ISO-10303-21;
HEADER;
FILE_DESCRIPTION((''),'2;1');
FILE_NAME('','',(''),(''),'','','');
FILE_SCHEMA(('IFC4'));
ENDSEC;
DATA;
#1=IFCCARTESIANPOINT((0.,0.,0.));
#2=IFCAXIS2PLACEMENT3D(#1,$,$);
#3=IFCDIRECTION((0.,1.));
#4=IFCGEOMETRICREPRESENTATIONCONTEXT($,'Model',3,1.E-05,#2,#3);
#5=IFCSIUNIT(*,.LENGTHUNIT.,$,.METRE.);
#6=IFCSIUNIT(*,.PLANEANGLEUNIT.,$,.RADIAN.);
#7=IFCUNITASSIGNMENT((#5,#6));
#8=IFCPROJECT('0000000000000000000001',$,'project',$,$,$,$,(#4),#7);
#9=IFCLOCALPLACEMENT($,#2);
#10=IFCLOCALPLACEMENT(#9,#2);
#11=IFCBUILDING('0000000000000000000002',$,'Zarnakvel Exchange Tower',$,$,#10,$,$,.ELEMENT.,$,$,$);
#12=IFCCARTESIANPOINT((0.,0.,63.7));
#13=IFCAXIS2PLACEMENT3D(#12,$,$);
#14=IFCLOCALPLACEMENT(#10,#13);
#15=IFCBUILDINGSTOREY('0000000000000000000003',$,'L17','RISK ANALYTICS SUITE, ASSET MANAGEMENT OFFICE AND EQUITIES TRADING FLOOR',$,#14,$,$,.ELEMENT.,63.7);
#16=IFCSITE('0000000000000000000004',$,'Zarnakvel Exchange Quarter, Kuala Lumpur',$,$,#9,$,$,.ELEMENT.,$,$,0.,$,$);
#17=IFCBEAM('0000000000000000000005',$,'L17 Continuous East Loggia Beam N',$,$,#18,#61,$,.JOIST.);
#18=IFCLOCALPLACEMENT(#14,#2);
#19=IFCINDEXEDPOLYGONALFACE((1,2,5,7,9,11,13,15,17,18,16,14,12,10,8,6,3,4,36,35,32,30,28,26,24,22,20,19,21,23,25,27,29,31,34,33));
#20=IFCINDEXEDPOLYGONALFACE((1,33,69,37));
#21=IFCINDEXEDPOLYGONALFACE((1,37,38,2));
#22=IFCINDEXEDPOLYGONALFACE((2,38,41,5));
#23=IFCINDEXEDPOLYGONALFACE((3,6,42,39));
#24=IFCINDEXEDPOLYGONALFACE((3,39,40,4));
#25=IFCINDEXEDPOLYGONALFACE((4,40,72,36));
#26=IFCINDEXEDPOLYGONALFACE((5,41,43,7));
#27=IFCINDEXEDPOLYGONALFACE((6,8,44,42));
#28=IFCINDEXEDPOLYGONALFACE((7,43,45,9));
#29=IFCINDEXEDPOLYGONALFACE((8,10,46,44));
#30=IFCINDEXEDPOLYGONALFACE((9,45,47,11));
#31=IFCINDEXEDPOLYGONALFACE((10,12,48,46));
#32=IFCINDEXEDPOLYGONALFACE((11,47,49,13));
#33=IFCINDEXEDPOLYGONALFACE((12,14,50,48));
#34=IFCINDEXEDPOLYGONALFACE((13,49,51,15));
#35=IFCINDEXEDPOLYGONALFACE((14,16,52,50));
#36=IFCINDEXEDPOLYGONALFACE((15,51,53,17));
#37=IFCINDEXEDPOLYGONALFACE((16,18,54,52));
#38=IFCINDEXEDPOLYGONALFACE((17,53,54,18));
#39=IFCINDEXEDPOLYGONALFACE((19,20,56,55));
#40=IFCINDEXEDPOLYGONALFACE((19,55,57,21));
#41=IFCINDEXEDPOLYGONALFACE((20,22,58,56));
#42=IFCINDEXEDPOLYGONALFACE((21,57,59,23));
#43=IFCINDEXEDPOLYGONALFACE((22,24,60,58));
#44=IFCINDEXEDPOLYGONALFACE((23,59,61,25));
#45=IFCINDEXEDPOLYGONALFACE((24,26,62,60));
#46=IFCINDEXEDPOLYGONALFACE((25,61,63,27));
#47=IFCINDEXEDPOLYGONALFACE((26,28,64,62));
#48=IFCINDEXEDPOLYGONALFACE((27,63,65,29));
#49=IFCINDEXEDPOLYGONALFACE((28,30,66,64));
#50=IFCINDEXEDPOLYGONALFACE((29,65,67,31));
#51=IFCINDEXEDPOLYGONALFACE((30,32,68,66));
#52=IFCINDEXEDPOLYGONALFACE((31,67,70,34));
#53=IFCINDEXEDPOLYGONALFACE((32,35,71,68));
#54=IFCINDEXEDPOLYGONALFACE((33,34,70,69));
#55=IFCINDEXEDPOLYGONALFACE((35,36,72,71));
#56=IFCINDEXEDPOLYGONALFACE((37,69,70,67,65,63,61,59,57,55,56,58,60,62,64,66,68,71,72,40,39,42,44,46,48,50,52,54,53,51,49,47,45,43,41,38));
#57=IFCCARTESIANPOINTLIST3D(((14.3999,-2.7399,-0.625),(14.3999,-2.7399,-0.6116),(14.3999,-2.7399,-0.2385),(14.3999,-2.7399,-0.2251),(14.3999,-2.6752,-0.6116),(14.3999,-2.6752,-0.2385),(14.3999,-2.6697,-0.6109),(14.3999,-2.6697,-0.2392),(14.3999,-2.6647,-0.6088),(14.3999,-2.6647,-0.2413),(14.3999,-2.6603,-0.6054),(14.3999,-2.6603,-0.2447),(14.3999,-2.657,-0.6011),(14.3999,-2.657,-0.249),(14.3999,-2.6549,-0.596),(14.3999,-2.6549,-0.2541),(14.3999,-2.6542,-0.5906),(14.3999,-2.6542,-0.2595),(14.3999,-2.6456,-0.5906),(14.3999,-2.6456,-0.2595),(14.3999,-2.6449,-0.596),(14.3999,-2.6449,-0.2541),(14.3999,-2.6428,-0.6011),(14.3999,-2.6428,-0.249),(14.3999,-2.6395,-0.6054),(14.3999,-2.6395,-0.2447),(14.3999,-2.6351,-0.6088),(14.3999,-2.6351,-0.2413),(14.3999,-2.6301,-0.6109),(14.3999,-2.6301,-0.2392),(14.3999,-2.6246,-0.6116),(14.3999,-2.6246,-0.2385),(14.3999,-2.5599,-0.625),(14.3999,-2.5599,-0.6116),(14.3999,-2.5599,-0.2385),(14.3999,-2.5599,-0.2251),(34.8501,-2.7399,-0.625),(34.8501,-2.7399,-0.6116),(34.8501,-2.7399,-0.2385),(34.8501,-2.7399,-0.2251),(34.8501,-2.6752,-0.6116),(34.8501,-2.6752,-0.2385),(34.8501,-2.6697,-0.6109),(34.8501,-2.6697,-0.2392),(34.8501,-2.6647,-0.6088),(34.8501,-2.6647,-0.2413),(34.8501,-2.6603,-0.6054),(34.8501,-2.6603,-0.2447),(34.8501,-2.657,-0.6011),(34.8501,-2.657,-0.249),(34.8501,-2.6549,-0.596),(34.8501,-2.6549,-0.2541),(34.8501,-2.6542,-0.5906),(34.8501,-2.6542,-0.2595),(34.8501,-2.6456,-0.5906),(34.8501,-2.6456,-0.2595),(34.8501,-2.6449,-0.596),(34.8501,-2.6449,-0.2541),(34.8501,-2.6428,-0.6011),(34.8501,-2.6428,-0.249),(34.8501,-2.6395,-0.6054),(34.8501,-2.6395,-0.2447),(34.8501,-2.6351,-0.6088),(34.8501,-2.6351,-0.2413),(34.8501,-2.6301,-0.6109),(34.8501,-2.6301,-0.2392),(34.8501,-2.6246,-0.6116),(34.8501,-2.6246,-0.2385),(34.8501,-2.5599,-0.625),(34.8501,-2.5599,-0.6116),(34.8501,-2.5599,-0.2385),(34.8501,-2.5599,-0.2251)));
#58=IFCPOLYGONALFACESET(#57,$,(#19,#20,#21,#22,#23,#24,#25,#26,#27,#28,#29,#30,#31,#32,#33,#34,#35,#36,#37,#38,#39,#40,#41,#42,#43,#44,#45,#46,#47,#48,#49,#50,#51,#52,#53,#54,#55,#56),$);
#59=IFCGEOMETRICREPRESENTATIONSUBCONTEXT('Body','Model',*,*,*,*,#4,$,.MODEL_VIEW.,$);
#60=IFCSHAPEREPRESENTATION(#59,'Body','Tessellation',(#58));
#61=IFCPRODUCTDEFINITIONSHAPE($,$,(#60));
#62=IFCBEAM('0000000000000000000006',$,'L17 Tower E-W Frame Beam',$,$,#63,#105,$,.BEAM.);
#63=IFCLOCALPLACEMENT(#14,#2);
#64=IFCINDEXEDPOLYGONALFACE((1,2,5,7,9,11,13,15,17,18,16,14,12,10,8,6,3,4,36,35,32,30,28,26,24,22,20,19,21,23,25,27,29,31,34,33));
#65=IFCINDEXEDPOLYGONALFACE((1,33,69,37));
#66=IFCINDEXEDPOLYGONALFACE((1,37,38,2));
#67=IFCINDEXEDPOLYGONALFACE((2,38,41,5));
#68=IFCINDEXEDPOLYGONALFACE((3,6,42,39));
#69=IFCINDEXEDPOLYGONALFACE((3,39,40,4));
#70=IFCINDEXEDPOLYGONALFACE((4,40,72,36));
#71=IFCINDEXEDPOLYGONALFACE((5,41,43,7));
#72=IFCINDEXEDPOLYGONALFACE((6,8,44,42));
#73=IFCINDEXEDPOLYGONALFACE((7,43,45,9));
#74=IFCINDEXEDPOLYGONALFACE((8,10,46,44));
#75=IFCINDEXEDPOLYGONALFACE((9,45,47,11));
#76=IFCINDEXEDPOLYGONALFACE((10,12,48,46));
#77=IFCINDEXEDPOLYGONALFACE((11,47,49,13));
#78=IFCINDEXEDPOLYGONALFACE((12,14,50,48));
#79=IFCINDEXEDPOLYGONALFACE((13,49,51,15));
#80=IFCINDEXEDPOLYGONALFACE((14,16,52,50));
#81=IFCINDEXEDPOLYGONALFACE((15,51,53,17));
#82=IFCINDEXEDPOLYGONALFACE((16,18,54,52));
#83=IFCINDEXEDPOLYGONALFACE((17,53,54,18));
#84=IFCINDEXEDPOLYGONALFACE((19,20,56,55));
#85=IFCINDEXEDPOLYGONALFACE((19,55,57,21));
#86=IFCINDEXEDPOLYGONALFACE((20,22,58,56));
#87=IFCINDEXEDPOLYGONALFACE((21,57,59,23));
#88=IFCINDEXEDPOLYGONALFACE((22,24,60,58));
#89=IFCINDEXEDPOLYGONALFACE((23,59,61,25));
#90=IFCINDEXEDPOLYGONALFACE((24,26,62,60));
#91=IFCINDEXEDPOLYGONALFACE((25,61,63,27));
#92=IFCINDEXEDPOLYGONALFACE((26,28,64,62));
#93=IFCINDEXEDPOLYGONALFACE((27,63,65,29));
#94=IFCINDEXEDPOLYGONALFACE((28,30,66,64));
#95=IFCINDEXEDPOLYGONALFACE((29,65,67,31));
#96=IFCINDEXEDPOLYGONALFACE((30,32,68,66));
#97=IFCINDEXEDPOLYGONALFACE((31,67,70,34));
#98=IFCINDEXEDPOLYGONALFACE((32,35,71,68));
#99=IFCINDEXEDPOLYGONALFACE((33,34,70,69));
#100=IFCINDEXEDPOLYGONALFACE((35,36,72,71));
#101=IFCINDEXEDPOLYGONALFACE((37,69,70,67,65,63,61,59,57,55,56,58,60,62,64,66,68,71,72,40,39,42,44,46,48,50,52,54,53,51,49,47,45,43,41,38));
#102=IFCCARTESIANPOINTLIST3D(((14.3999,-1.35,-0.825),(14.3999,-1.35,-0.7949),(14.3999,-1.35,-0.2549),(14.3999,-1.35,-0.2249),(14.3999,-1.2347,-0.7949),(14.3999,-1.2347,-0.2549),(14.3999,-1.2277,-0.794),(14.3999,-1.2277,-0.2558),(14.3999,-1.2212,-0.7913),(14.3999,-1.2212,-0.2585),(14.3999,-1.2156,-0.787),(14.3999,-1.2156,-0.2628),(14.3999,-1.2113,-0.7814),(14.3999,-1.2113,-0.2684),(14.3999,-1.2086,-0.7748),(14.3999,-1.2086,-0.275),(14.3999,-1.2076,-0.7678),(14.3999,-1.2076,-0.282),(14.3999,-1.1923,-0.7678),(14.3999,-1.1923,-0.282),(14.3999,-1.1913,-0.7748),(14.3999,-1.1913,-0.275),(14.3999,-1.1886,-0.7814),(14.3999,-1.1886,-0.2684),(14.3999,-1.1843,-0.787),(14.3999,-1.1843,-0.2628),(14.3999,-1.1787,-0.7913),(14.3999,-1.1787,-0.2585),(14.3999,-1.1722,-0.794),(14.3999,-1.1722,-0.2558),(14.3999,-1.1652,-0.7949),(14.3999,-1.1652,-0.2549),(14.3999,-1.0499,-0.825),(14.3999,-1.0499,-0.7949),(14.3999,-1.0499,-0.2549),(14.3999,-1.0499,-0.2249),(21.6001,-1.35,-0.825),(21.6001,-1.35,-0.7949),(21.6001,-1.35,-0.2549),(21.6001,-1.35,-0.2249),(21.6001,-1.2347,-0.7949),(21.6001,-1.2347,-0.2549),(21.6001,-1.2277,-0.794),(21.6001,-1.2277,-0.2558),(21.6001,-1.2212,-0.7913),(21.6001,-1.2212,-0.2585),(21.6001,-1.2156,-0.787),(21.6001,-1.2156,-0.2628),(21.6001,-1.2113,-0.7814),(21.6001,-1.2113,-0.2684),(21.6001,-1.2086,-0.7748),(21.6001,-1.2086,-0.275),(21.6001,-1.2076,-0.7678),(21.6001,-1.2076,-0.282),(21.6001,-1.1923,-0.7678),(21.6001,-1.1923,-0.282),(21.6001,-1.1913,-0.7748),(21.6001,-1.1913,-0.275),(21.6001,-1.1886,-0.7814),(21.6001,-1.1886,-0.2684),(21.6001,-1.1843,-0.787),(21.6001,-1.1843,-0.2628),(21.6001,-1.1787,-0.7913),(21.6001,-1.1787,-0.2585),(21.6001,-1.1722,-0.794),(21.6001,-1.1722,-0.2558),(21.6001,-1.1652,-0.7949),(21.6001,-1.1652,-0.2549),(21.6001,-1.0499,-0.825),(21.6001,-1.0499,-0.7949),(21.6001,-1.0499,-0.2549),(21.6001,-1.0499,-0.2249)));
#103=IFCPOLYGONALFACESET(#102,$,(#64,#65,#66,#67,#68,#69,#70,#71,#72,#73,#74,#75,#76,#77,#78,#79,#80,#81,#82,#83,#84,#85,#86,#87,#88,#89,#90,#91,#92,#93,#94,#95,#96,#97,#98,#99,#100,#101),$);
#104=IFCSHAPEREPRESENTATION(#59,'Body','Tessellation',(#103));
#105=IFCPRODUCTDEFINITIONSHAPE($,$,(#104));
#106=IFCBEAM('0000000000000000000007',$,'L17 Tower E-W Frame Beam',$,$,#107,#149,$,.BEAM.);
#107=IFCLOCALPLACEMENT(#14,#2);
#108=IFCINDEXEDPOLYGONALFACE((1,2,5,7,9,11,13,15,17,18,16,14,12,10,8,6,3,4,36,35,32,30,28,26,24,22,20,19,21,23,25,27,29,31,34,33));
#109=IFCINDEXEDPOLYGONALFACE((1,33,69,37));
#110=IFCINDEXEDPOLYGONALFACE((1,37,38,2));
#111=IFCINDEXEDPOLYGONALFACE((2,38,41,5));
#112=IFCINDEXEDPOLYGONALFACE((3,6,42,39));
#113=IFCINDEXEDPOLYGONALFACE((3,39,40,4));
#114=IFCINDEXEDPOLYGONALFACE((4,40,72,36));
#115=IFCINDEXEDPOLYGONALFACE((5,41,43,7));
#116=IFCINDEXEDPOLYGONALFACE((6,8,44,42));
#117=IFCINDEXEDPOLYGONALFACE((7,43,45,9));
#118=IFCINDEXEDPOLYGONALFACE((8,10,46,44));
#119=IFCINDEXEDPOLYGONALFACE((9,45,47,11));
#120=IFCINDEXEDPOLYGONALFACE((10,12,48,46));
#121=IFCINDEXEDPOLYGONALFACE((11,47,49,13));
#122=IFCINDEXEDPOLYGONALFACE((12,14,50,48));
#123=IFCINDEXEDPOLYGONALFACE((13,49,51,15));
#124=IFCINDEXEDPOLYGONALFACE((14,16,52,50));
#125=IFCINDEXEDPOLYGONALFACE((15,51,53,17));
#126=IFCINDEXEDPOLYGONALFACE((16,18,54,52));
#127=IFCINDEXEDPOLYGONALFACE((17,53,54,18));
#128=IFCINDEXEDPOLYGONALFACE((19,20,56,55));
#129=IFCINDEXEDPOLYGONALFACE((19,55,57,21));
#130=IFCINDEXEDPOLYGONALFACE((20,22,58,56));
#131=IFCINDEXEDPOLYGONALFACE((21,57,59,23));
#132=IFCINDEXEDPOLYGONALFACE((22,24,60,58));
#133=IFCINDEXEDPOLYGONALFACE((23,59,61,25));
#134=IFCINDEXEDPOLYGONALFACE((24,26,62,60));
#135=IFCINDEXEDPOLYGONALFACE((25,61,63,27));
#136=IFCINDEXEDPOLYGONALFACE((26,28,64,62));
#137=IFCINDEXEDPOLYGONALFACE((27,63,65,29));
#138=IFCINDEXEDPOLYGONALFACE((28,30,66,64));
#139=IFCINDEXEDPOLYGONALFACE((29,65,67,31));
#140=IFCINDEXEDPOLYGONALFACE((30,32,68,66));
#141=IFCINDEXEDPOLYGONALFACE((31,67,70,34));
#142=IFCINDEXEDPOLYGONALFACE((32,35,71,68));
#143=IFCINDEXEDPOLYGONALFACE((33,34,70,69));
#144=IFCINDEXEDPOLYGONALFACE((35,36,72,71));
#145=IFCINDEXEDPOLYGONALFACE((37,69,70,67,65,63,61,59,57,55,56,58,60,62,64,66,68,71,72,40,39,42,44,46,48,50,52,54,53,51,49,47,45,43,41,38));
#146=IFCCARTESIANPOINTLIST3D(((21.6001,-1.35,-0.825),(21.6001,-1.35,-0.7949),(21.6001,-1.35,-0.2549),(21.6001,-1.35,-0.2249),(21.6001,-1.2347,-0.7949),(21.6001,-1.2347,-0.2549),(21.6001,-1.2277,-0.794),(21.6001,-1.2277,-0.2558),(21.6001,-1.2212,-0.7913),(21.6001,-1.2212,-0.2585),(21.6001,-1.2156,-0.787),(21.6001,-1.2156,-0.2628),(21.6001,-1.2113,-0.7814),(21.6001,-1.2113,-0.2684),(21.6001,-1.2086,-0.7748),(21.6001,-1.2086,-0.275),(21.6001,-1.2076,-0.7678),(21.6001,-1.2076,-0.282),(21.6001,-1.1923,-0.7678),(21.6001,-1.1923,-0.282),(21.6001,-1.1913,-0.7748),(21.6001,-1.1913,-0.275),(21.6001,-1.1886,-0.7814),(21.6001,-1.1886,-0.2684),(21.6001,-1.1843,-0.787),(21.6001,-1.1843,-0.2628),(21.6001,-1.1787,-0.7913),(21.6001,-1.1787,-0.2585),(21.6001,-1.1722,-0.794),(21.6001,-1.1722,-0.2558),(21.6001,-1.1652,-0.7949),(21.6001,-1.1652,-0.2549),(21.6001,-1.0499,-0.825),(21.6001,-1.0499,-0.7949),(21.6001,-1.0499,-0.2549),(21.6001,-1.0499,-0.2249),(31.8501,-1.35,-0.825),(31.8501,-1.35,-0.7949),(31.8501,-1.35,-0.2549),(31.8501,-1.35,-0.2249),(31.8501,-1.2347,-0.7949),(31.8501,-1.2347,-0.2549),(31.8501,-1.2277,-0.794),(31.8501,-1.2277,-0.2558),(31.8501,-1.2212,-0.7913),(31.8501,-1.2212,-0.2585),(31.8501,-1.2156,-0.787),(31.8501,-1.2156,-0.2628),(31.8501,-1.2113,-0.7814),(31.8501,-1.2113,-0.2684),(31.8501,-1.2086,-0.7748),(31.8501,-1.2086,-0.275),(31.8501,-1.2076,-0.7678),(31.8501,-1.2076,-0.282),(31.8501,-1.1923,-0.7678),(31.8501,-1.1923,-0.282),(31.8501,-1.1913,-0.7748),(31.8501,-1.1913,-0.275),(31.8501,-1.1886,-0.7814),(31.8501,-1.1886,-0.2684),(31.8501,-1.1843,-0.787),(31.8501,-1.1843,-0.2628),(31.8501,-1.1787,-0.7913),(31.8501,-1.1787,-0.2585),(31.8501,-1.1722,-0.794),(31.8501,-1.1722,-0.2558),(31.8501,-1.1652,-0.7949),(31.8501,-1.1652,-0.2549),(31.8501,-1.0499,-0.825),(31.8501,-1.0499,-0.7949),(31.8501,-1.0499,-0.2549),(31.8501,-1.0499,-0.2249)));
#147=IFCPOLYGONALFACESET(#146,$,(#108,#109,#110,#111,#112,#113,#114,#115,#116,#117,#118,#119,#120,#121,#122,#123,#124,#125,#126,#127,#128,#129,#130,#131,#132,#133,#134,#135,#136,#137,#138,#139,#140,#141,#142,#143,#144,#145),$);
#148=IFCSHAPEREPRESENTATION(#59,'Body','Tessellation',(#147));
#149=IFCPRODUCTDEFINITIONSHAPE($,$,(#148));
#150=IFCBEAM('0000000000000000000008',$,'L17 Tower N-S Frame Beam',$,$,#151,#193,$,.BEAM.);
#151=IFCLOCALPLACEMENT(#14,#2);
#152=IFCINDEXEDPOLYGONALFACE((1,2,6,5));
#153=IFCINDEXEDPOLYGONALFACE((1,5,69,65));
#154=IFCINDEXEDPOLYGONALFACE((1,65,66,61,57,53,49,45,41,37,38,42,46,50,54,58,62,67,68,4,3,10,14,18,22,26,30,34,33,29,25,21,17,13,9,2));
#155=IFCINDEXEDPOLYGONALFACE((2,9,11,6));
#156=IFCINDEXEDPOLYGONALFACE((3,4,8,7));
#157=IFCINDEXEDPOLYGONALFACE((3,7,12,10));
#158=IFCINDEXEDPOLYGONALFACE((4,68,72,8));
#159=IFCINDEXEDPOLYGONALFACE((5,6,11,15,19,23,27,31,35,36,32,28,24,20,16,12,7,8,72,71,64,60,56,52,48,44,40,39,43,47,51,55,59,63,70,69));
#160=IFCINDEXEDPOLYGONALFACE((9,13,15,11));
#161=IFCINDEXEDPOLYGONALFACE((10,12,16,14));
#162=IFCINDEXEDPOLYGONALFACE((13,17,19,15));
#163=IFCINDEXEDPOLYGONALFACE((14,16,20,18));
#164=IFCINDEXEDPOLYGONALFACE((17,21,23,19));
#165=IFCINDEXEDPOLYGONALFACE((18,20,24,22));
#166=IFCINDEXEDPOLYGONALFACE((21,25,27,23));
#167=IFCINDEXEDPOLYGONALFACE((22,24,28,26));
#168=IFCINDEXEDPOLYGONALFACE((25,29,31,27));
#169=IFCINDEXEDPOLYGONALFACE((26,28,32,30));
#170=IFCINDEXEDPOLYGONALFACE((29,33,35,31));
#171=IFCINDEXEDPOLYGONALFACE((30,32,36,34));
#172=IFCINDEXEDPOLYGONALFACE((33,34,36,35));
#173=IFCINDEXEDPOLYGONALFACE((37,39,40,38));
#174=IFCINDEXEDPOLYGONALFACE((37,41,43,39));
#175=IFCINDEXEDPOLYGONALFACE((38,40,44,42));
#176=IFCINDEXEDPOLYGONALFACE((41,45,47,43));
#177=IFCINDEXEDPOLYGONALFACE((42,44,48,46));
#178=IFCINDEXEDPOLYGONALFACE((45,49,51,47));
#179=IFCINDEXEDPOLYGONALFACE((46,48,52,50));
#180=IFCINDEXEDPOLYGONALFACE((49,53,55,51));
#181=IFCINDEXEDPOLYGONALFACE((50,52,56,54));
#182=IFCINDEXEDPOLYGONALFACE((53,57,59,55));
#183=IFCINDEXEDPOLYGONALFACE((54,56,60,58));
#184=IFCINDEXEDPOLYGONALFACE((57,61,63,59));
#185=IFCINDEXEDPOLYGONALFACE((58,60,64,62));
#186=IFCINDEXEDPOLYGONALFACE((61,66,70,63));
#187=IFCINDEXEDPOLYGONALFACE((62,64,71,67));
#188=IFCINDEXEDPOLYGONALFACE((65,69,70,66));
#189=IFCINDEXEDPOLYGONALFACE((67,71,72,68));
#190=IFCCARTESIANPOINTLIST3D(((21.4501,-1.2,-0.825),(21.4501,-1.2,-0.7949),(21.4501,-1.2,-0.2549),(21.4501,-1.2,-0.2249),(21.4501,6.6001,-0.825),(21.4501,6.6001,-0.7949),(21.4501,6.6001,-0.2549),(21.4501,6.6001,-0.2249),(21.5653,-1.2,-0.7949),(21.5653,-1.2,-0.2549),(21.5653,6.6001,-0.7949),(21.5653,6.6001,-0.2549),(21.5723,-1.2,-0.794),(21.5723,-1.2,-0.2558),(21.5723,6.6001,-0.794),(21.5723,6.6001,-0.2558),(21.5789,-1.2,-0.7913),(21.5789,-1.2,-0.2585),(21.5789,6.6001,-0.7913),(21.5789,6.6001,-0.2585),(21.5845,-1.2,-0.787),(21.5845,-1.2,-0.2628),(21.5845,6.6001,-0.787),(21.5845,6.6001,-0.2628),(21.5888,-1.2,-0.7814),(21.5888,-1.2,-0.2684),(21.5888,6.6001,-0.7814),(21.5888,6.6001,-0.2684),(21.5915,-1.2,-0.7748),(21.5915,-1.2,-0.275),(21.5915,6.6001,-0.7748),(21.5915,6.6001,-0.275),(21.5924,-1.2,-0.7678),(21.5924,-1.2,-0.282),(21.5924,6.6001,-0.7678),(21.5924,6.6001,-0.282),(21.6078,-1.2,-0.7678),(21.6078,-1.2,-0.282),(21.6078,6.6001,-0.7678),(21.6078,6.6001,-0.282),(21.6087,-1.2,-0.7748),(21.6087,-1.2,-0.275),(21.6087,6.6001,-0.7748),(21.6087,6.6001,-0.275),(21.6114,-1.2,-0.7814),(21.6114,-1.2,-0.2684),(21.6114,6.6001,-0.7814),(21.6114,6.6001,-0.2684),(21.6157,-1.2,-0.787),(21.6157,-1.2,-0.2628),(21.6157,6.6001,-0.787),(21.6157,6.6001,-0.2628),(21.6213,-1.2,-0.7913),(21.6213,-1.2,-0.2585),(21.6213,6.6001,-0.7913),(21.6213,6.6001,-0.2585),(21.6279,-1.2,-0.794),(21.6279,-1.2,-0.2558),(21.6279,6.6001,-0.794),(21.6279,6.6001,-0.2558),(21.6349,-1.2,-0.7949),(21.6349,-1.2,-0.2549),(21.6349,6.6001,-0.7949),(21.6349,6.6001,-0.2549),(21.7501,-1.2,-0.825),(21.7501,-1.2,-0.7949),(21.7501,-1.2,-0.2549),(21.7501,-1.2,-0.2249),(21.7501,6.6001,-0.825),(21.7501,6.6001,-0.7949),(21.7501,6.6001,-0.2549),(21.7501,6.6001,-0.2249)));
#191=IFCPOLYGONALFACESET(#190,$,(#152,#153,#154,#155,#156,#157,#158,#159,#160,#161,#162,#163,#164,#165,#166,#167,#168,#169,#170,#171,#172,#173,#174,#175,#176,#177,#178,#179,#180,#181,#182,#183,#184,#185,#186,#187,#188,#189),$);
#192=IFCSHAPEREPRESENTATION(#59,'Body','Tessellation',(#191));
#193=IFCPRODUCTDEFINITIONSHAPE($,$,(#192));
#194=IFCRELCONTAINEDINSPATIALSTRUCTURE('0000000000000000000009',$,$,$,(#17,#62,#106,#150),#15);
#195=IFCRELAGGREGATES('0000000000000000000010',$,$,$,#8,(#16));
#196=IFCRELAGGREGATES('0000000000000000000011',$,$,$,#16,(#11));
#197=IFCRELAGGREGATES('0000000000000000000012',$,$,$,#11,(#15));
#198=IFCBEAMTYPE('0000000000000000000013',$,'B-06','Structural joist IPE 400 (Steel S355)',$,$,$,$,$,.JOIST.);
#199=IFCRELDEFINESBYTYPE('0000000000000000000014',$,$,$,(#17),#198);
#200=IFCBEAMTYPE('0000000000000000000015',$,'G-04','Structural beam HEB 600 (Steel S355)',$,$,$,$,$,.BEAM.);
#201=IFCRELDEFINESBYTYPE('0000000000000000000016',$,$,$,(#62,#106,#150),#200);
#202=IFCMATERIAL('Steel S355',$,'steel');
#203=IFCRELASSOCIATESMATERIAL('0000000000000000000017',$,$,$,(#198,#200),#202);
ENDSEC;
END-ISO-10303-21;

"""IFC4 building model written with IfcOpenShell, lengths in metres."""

from ifc_helpers import new_model, si_unit, direction, frame, origin, origin_2d, place, context, subcontext, project, spatial, i_section, extrude, material, material_profile, profile_set, type_object, element, save


model = new_model("IFC4")

# Units and contexts
model_context = context("Model", 3, precision=1e-05, world=origin(), true_north=direction((0.0, 1.0)))
body_context = subcontext(model_context, "Body", "Model", "MODEL_VIEW")
ifc_project = project(units=[si_unit("LENGTHUNIT", "METRE"), si_unit("PLANEANGLEUNIT", "RADIAN")], contexts=[model_context])

# Site, building, storey
site_placement = place(None, origin())
site = spatial("IfcSite", under=ifc_project, at=site_placement, Name="Zarnakvel Exchange Quarter, Kuala Lumpur", CompositionType="ELEMENT", RefElevation=0.0)
building_placement = place(site_placement, origin())
building = spatial("IfcBuilding", under=site, at=building_placement, Name="Zarnakvel Exchange Tower", CompositionType="ELEMENT")
storey_placement = place(building_placement, frame((0.0, 0.0, 63.7)))
storey = spatial("IfcBuildingStorey", under=building, at=storey_placement, Name="L17", Description="RISK ANALYTICS SUITE, ASSET MANAGEMENT OFFICE AND EQUITIES TRADING FLOOR", CompositionType="ELEMENT", Elevation=63.7)

# Shared definitions
ifc_material_1 = material(Name="Steel S355", Category="steel")

# Beams
ifc_material_profile_1 = material_profile(ifc_material_1, i_section(OverallWidth=0.1799, OverallDepth=0.3999, WebThickness=0.0085, FlangeThickness=0.0134, FilletRadius=0.021, at=origin_2d()))
ifc_profile_set_1 = profile_set([ifc_material_profile_1], Name="Steel S355")
beam_type_1 = type_object("IfcBeamType", Name="B-06", Description="Structural joist IPE 400 (Steel S355)", PredefinedType="JOIST", material=ifc_profile_set_1)
beam_1_placement = place(storey_placement, frame((14.3999, -2.6499, -0.425), z_axis=(1.0, 0.0, 0.0), x_axis=(0.0, 1.0, 0.0)))
element("IfcBeam", 1, at=beam_1_placement, inside=storey, type_object=beam_type_1, Name="L17 Continuous East Loggia Beam N", PredefinedType="JOIST", context=body_context, shape_type="SweptSolid", body=[
    extrude(i_section(OverallWidth=0.1799, OverallDepth=0.3999, WebThickness=0.0085, FlangeThickness=0.0134, FilletRadius=0.021, at=origin_2d()), origin(), (0.0, 0.0, 1.0), 20.4502),
])
ifc_material_profile_2 = material_profile(ifc_material_1, i_section(OverallWidth=0.3, OverallDepth=0.6001, WebThickness=0.0154, FlangeThickness=0.03, FilletRadius=0.0271, at=origin_2d()))
ifc_profile_set_2 = profile_set([ifc_material_profile_2], Name="Steel S355")
beam_type_2 = type_object("IfcBeamType", Name="G-04", Description="Structural beam HEB 600 (Steel S355)", PredefinedType="BEAM", material=ifc_profile_set_2)
beam_2_placement = place(storey_placement, frame((14.3999, -1.2, -0.5249), z_axis=(1.0, 0.0, 0.0), x_axis=(0.0, 1.0, 0.0)))
element("IfcBeam", 2, at=beam_2_placement, inside=storey, type_object=beam_type_2, Name="L17 Tower E-W Frame Beam", PredefinedType="BEAM", context=body_context, shape_type="SweptSolid", body=[
    extrude(i_section(OverallWidth=0.3, OverallDepth=0.6001, WebThickness=0.0154, FlangeThickness=0.03, FilletRadius=0.0271, at=origin_2d()), origin(), (0.0, 0.0, 1.0), 7.2002),
])
beam_3_placement = place(storey_placement, frame((21.6001, -1.2, -0.5249), z_axis=(1.0, 0.0, 0.0), x_axis=(0.0, 1.0, 0.0)))
element("IfcBeam", 3, at=beam_3_placement, inside=storey, type_object=beam_type_2, Name="L17 Tower E-W Frame Beam", PredefinedType="BEAM", context=body_context, shape_type="SweptSolid", body=[
    extrude(i_section(OverallWidth=0.3, OverallDepth=0.6001, WebThickness=0.0154, FlangeThickness=0.03, FilletRadius=0.0271, at=origin_2d()), origin(), (0.0, 0.0, 1.0), 10.25),
])
beam_4_placement = place(storey_placement, frame((21.6001, -1.2, -0.5249), z_axis=(0.0, 1.0, 0.0), x_axis=(-1.0, 0.0, 0.0)))
element("IfcBeam", 4, at=beam_4_placement, inside=storey, type_object=beam_type_2, Name="L17 Tower N-S Frame Beam", PredefinedType="BEAM", context=body_context, shape_type="SweptSolid", body=[
    extrude(i_section(OverallWidth=0.3, OverallDepth=0.6001, WebThickness=0.0154, FlangeThickness=0.03, FilletRadius=0.0271, at=origin_2d()), origin(), (0.0, 0.0, 1.0), 7.8),
])

save(model, "model.ifc")
